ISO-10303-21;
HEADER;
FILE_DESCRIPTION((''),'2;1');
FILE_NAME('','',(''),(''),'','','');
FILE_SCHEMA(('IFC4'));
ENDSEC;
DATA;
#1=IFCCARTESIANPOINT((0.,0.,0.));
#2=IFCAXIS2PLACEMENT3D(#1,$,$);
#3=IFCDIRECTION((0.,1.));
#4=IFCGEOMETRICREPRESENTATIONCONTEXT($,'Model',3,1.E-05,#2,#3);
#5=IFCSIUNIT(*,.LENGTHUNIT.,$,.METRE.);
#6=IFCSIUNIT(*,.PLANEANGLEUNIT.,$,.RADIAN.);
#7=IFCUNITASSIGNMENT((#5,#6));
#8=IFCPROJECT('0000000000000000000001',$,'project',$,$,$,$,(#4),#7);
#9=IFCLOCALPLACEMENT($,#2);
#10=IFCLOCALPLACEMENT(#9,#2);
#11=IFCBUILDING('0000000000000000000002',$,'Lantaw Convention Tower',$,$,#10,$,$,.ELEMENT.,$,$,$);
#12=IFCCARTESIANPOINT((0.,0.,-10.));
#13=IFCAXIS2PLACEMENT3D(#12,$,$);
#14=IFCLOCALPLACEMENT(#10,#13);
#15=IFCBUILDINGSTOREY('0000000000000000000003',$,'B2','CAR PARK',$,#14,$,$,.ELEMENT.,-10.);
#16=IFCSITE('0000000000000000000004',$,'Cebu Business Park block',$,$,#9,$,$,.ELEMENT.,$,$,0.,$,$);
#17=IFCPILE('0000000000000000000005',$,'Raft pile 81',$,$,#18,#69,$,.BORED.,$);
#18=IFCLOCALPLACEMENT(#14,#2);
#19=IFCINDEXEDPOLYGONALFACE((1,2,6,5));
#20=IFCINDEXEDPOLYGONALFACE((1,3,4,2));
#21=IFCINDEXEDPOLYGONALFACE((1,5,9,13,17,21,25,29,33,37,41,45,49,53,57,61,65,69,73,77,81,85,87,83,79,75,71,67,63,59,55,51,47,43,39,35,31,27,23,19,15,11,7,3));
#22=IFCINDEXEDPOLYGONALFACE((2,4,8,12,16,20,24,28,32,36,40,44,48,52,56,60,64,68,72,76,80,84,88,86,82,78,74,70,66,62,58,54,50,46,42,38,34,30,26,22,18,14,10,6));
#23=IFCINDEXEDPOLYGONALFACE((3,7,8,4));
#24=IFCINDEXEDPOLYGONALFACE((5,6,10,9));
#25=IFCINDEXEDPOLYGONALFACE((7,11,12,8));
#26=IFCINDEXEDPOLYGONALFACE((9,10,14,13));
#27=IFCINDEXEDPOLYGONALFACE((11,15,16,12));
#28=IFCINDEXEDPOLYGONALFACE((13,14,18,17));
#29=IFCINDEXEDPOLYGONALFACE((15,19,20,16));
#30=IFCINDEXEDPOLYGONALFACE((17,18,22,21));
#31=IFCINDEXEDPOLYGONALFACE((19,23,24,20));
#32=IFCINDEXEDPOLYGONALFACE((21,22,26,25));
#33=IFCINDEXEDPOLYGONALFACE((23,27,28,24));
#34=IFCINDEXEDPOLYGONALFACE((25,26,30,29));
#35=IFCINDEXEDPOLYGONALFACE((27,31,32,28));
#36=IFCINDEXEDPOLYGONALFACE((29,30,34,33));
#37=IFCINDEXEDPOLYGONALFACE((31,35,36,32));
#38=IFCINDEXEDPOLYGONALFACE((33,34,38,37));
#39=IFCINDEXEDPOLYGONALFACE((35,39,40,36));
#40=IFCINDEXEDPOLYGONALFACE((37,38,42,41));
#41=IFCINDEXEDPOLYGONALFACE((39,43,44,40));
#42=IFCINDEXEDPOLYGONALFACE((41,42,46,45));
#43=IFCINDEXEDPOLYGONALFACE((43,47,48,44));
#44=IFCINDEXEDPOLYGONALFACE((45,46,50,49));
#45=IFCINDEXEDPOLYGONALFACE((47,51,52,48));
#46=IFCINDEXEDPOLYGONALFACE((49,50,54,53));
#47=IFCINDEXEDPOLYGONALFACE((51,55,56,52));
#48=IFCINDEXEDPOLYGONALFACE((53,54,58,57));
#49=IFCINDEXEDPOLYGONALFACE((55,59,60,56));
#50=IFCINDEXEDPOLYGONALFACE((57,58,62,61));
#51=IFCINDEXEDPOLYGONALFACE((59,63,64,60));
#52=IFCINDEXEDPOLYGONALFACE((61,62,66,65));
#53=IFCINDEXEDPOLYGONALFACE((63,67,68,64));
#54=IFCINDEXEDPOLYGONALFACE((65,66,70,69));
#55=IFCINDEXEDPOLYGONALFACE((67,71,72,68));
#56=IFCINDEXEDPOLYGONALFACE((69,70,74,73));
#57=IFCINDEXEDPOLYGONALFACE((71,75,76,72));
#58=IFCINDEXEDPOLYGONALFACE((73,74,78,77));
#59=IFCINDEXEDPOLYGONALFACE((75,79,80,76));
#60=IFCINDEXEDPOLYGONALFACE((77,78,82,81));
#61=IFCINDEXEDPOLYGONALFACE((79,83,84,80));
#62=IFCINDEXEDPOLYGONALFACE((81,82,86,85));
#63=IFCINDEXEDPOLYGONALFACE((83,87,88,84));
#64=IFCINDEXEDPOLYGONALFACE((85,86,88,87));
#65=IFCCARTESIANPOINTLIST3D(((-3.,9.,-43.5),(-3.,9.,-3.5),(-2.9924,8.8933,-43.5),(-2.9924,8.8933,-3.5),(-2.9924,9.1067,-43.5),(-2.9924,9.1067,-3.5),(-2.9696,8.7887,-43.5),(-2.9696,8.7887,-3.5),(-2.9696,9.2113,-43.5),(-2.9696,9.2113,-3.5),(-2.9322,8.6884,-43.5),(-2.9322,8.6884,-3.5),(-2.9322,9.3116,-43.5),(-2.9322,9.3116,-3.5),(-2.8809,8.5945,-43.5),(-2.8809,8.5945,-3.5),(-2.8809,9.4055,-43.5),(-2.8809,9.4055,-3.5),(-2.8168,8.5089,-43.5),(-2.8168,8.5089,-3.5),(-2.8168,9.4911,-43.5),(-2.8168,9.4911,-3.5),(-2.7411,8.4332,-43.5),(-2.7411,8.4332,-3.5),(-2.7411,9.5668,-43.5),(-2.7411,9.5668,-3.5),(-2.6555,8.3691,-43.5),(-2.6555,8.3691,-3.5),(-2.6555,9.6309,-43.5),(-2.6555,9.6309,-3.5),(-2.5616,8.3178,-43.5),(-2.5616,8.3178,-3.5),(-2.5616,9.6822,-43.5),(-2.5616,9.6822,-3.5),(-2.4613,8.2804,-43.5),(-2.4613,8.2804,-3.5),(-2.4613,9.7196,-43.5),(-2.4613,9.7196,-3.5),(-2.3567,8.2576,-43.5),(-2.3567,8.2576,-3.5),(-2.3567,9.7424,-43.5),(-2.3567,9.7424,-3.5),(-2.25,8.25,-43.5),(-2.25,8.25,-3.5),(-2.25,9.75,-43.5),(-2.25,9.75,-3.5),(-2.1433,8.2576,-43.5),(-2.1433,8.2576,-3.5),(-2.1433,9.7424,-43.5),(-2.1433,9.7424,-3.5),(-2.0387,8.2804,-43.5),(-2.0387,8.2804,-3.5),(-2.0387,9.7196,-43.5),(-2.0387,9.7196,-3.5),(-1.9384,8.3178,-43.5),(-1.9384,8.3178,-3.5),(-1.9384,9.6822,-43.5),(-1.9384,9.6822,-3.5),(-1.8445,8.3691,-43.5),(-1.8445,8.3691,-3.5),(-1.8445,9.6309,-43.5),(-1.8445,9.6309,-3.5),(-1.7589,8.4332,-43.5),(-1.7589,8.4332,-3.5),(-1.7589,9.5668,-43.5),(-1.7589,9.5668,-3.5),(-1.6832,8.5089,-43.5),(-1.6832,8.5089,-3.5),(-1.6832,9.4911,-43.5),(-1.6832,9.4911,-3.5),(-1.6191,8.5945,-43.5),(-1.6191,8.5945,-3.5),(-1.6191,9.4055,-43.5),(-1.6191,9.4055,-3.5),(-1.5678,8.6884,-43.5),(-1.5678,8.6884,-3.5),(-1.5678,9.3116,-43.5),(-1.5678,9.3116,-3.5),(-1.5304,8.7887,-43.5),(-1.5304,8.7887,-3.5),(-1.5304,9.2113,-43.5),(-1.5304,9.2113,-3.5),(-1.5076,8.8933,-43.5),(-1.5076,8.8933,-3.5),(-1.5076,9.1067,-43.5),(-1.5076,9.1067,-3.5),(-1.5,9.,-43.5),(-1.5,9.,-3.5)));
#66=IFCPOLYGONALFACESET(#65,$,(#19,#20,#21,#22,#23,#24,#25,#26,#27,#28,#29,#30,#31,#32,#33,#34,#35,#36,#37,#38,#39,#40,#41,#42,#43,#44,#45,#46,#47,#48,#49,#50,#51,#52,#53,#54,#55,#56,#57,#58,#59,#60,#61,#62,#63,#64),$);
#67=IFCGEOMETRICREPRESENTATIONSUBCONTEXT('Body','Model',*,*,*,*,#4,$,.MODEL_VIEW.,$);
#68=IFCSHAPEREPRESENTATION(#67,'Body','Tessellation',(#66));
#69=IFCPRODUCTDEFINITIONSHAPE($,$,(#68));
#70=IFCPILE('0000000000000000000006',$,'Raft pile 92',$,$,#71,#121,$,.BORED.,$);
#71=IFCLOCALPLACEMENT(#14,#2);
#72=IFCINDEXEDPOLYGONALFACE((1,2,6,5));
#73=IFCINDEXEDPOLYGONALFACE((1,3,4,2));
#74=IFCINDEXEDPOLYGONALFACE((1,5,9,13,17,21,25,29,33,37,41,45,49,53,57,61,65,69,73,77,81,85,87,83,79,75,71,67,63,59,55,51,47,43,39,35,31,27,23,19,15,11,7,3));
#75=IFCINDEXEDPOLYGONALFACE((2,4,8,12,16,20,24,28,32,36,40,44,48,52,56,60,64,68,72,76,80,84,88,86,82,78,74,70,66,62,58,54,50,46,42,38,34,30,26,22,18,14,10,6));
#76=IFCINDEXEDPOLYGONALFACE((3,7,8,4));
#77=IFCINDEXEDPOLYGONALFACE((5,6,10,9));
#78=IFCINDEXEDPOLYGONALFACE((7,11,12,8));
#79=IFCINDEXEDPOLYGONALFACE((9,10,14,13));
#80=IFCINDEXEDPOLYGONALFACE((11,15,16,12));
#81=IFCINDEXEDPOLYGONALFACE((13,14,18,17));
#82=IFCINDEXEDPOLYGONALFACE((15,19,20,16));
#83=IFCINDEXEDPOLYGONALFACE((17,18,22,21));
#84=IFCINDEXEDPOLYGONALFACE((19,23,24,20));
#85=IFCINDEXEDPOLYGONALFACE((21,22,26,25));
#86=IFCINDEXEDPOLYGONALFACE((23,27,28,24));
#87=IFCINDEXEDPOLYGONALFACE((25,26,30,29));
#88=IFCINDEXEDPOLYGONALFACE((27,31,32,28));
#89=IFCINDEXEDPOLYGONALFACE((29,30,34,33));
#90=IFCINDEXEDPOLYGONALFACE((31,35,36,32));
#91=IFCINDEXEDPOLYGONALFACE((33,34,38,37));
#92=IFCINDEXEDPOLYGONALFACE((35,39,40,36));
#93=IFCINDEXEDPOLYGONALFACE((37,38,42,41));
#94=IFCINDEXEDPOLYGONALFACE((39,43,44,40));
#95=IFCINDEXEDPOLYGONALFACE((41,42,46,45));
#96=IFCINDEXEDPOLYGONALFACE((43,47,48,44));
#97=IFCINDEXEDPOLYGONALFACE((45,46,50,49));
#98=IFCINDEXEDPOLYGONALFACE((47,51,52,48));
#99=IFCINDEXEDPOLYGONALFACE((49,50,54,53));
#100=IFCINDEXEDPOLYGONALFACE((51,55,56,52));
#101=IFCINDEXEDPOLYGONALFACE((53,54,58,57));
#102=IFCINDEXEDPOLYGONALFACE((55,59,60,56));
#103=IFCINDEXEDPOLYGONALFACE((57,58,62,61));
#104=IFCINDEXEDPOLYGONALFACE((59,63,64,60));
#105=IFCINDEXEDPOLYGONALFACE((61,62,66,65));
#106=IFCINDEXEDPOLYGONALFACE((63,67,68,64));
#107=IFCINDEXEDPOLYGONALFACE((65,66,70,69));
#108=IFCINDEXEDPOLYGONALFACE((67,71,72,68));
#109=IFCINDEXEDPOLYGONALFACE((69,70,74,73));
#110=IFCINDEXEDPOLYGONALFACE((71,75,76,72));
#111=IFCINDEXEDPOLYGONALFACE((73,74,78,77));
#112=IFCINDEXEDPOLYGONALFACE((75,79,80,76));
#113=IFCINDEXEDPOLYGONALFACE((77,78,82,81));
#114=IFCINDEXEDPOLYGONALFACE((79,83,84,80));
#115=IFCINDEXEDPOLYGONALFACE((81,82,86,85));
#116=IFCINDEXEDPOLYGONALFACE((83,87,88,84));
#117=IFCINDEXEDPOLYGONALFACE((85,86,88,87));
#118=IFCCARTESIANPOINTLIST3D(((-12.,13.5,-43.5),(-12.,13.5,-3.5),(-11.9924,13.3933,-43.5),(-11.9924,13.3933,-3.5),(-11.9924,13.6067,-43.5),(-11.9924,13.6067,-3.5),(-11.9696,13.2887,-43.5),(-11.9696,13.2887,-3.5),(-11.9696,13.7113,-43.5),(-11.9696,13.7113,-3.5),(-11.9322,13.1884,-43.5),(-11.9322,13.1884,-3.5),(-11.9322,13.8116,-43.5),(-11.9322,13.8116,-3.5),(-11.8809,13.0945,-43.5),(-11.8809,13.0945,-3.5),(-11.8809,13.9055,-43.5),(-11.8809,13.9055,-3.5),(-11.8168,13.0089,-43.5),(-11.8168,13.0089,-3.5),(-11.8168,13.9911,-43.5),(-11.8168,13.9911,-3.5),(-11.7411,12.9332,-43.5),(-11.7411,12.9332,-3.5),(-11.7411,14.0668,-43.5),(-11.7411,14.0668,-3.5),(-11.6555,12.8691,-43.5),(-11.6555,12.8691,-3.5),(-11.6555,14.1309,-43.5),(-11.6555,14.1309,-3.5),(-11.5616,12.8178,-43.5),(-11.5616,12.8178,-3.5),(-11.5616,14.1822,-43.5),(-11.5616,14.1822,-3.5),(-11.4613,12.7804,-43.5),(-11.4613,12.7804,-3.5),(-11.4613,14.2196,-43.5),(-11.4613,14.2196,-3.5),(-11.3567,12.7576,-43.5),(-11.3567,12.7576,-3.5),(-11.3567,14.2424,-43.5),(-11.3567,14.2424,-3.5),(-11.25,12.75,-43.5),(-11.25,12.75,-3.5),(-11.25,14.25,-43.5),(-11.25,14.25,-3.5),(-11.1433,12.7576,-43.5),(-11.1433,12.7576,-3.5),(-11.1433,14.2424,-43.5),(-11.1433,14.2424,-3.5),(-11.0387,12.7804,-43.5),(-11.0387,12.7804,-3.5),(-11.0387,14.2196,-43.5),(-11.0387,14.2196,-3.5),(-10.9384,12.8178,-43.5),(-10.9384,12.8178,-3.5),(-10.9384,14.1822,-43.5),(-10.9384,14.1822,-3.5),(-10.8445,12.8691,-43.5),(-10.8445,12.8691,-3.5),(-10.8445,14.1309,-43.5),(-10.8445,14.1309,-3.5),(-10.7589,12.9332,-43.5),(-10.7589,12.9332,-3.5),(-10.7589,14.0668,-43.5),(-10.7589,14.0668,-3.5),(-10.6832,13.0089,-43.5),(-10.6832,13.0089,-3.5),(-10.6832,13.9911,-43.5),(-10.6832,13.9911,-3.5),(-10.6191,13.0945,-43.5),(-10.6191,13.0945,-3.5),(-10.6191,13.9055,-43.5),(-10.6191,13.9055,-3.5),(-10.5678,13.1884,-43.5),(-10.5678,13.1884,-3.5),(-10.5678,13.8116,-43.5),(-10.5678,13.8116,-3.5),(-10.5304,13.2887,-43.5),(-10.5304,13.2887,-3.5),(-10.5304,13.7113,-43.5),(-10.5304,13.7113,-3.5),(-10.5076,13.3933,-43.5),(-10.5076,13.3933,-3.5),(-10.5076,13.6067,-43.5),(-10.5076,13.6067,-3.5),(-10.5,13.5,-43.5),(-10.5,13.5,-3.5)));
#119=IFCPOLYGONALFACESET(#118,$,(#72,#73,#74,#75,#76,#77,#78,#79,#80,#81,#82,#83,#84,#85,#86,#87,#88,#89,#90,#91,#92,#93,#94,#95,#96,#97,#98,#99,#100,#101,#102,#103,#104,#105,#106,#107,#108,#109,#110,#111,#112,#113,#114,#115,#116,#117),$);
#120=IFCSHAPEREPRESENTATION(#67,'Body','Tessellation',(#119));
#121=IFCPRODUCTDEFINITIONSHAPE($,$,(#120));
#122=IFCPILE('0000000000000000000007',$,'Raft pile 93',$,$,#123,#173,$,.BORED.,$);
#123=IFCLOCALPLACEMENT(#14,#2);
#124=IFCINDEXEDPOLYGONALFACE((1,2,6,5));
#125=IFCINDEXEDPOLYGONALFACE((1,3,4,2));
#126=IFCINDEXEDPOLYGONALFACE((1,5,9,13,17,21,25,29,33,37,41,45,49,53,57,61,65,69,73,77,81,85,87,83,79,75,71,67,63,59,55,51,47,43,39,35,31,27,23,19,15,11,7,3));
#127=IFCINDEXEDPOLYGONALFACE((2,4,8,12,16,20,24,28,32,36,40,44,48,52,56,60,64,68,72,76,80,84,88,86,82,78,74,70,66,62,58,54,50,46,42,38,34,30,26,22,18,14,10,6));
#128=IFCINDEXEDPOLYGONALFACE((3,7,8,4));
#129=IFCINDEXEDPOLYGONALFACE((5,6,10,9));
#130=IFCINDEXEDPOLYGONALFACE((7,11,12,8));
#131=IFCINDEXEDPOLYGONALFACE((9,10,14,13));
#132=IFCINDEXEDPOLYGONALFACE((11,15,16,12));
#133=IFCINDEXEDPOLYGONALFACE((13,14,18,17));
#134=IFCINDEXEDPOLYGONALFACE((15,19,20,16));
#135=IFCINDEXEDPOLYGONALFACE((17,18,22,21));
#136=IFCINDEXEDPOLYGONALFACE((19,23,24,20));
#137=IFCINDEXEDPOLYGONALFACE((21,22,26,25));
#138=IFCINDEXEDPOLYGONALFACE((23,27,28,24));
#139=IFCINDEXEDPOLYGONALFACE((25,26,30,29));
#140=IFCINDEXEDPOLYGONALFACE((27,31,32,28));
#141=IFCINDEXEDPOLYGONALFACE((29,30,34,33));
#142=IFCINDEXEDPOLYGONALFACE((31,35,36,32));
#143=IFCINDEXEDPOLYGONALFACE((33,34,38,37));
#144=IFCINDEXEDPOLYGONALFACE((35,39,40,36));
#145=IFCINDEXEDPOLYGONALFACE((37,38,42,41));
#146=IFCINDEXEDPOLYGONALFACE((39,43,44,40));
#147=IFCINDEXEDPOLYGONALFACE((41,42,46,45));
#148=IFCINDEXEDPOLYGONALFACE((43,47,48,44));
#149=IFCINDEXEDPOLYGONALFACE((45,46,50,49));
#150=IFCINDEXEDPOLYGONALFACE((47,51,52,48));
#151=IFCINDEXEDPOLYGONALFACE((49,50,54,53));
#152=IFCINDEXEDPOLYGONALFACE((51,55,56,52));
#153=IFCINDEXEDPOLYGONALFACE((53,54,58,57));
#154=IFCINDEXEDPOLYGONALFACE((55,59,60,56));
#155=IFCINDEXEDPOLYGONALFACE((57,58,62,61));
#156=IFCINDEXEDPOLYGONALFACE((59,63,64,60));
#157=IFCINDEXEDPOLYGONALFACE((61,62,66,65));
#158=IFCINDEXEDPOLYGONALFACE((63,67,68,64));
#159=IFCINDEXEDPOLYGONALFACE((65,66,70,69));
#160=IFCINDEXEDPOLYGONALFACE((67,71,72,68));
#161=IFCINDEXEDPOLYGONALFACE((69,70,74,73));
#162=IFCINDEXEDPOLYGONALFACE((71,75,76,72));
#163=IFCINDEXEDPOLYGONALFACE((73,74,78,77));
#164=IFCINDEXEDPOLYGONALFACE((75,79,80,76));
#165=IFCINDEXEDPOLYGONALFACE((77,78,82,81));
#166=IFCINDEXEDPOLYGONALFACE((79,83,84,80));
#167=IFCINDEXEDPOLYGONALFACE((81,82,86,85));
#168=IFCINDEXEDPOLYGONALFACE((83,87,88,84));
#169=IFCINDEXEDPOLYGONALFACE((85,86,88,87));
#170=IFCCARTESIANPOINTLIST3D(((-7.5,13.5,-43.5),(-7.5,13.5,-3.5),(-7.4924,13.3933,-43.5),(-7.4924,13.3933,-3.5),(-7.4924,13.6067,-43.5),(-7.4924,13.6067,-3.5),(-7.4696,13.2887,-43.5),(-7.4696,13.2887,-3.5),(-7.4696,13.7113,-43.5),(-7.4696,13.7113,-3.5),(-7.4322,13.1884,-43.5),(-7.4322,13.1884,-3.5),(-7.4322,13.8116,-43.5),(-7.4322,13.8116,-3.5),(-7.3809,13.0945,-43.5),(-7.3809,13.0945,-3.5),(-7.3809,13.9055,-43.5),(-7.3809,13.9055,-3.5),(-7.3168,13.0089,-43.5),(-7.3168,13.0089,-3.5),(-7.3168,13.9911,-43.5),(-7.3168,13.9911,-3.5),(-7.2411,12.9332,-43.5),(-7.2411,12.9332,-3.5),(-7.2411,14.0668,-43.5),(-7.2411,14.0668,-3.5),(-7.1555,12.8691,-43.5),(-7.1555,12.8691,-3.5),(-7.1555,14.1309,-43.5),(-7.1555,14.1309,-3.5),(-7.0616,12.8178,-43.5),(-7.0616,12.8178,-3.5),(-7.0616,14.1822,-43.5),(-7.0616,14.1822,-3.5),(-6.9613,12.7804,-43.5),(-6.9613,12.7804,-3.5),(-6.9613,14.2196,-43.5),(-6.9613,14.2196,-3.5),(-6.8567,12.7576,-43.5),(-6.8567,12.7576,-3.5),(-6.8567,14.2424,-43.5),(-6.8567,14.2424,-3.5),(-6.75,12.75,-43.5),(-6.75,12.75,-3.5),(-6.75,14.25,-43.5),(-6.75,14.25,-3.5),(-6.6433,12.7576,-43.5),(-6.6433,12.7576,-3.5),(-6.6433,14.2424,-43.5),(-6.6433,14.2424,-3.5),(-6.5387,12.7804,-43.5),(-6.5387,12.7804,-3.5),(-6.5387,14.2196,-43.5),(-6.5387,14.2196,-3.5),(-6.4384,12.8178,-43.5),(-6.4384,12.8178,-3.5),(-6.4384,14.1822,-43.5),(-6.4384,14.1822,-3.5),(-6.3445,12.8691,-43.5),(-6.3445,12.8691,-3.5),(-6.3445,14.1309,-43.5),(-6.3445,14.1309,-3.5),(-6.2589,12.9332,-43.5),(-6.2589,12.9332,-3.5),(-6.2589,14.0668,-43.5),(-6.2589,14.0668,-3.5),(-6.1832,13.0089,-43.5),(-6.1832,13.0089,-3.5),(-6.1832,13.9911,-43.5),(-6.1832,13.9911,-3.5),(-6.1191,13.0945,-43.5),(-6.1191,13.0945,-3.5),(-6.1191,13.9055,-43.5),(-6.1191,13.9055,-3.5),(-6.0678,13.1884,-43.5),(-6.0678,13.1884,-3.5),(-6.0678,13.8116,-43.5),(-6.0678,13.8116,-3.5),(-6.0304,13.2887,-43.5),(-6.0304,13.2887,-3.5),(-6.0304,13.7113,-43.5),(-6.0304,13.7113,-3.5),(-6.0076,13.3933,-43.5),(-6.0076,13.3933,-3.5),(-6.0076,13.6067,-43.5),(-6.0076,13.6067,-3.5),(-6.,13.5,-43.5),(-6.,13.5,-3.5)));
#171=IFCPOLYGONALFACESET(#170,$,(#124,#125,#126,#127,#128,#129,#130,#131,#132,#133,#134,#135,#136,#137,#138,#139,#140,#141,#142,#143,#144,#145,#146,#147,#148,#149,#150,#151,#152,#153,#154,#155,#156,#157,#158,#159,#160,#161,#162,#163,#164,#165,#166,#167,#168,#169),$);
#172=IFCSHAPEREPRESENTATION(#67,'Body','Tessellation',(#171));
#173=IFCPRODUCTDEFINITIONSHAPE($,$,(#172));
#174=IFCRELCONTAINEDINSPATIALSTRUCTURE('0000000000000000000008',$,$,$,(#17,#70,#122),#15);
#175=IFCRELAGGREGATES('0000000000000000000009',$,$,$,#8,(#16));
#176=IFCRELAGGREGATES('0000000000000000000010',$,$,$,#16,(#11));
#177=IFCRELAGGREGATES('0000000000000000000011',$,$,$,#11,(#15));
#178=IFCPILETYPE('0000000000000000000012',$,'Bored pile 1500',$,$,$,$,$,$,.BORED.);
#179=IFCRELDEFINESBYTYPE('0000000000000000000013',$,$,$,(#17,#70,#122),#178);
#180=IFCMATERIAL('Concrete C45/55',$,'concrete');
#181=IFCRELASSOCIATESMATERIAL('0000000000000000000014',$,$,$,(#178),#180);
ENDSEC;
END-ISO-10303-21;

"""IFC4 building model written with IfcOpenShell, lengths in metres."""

from ifc_helpers import new_model, si_unit, direction, frame, origin, origin_2d, place, context, subcontext, project, spatial, circle, extrude, material, material_profile, profile_set, type_object, element, save


model = new_model("IFC4")

# Units and contexts
model_context = context("Model", 3, precision=1e-05, world=origin(), true_north=direction((0.0, 1.0)))
body_context = subcontext(model_context, "Body", "Model", "MODEL_VIEW")
ifc_project = project(units=[si_unit("LENGTHUNIT", "METRE"), si_unit("PLANEANGLEUNIT", "RADIAN")], contexts=[model_context])

# Site, building, storey
site_placement = place(None, origin())
site = spatial("IfcSite", under=ifc_project, at=site_placement, Name="Cebu Business Park block", CompositionType="ELEMENT", RefElevation=0.0)
building_placement = place(site_placement, origin())
building = spatial("IfcBuilding", under=site, at=building_placement, Name="Lantaw Convention Tower", CompositionType="ELEMENT")
storey_placement = place(building_placement, frame((0.0, 0.0, -10.0)))
storey = spatial("IfcBuildingStorey", under=building, at=storey_placement, Name="B2", Description="CAR PARK", CompositionType="ELEMENT", Elevation=-10.0)

# Piles
ifc_material_1 = material(Name="Concrete C45/55", Category="concrete")
ifc_material_profile = material_profile(ifc_material_1, circle(Radius=0.75, at=origin_2d()), Name="Bored pile 1500")
ifc_profile_set = profile_set([ifc_material_profile], Name="Concrete C45/55")
pile_type = type_object("IfcPileType", Name="Bored pile 1500", PredefinedType="BORED", material=ifc_profile_set)
for number, where, z_axis, x_axis, name in (
    (1, (-2.25, 9.0, -3.5), (0.0, 0.0, -1.0), (1.0, 0.0, 0.0), "Raft pile 81"),
    (2, (-11.25, 13.5, -3.5), (0.0, 0.0, -1.0), (1.0, 0.0, 0.0), "Raft pile 92"),
    (3, (-6.75, 13.5, -3.5), (0.0, 0.0, -1.0), (1.0, 0.0, 0.0), "Raft pile 93"),
):
    element("IfcPile", number, at=place(storey_placement, frame(where, z_axis=z_axis, x_axis=x_axis)), inside=storey, type_object=pile_type, Name=name, PredefinedType="BORED", context=body_context, shape_type="SweptSolid", body=[
        extrude(circle(Radius=0.75, at=origin_2d()), origin(), (0.0, 0.0, 1.0), 40.0),
    ])

save(model, "model.ifc")
